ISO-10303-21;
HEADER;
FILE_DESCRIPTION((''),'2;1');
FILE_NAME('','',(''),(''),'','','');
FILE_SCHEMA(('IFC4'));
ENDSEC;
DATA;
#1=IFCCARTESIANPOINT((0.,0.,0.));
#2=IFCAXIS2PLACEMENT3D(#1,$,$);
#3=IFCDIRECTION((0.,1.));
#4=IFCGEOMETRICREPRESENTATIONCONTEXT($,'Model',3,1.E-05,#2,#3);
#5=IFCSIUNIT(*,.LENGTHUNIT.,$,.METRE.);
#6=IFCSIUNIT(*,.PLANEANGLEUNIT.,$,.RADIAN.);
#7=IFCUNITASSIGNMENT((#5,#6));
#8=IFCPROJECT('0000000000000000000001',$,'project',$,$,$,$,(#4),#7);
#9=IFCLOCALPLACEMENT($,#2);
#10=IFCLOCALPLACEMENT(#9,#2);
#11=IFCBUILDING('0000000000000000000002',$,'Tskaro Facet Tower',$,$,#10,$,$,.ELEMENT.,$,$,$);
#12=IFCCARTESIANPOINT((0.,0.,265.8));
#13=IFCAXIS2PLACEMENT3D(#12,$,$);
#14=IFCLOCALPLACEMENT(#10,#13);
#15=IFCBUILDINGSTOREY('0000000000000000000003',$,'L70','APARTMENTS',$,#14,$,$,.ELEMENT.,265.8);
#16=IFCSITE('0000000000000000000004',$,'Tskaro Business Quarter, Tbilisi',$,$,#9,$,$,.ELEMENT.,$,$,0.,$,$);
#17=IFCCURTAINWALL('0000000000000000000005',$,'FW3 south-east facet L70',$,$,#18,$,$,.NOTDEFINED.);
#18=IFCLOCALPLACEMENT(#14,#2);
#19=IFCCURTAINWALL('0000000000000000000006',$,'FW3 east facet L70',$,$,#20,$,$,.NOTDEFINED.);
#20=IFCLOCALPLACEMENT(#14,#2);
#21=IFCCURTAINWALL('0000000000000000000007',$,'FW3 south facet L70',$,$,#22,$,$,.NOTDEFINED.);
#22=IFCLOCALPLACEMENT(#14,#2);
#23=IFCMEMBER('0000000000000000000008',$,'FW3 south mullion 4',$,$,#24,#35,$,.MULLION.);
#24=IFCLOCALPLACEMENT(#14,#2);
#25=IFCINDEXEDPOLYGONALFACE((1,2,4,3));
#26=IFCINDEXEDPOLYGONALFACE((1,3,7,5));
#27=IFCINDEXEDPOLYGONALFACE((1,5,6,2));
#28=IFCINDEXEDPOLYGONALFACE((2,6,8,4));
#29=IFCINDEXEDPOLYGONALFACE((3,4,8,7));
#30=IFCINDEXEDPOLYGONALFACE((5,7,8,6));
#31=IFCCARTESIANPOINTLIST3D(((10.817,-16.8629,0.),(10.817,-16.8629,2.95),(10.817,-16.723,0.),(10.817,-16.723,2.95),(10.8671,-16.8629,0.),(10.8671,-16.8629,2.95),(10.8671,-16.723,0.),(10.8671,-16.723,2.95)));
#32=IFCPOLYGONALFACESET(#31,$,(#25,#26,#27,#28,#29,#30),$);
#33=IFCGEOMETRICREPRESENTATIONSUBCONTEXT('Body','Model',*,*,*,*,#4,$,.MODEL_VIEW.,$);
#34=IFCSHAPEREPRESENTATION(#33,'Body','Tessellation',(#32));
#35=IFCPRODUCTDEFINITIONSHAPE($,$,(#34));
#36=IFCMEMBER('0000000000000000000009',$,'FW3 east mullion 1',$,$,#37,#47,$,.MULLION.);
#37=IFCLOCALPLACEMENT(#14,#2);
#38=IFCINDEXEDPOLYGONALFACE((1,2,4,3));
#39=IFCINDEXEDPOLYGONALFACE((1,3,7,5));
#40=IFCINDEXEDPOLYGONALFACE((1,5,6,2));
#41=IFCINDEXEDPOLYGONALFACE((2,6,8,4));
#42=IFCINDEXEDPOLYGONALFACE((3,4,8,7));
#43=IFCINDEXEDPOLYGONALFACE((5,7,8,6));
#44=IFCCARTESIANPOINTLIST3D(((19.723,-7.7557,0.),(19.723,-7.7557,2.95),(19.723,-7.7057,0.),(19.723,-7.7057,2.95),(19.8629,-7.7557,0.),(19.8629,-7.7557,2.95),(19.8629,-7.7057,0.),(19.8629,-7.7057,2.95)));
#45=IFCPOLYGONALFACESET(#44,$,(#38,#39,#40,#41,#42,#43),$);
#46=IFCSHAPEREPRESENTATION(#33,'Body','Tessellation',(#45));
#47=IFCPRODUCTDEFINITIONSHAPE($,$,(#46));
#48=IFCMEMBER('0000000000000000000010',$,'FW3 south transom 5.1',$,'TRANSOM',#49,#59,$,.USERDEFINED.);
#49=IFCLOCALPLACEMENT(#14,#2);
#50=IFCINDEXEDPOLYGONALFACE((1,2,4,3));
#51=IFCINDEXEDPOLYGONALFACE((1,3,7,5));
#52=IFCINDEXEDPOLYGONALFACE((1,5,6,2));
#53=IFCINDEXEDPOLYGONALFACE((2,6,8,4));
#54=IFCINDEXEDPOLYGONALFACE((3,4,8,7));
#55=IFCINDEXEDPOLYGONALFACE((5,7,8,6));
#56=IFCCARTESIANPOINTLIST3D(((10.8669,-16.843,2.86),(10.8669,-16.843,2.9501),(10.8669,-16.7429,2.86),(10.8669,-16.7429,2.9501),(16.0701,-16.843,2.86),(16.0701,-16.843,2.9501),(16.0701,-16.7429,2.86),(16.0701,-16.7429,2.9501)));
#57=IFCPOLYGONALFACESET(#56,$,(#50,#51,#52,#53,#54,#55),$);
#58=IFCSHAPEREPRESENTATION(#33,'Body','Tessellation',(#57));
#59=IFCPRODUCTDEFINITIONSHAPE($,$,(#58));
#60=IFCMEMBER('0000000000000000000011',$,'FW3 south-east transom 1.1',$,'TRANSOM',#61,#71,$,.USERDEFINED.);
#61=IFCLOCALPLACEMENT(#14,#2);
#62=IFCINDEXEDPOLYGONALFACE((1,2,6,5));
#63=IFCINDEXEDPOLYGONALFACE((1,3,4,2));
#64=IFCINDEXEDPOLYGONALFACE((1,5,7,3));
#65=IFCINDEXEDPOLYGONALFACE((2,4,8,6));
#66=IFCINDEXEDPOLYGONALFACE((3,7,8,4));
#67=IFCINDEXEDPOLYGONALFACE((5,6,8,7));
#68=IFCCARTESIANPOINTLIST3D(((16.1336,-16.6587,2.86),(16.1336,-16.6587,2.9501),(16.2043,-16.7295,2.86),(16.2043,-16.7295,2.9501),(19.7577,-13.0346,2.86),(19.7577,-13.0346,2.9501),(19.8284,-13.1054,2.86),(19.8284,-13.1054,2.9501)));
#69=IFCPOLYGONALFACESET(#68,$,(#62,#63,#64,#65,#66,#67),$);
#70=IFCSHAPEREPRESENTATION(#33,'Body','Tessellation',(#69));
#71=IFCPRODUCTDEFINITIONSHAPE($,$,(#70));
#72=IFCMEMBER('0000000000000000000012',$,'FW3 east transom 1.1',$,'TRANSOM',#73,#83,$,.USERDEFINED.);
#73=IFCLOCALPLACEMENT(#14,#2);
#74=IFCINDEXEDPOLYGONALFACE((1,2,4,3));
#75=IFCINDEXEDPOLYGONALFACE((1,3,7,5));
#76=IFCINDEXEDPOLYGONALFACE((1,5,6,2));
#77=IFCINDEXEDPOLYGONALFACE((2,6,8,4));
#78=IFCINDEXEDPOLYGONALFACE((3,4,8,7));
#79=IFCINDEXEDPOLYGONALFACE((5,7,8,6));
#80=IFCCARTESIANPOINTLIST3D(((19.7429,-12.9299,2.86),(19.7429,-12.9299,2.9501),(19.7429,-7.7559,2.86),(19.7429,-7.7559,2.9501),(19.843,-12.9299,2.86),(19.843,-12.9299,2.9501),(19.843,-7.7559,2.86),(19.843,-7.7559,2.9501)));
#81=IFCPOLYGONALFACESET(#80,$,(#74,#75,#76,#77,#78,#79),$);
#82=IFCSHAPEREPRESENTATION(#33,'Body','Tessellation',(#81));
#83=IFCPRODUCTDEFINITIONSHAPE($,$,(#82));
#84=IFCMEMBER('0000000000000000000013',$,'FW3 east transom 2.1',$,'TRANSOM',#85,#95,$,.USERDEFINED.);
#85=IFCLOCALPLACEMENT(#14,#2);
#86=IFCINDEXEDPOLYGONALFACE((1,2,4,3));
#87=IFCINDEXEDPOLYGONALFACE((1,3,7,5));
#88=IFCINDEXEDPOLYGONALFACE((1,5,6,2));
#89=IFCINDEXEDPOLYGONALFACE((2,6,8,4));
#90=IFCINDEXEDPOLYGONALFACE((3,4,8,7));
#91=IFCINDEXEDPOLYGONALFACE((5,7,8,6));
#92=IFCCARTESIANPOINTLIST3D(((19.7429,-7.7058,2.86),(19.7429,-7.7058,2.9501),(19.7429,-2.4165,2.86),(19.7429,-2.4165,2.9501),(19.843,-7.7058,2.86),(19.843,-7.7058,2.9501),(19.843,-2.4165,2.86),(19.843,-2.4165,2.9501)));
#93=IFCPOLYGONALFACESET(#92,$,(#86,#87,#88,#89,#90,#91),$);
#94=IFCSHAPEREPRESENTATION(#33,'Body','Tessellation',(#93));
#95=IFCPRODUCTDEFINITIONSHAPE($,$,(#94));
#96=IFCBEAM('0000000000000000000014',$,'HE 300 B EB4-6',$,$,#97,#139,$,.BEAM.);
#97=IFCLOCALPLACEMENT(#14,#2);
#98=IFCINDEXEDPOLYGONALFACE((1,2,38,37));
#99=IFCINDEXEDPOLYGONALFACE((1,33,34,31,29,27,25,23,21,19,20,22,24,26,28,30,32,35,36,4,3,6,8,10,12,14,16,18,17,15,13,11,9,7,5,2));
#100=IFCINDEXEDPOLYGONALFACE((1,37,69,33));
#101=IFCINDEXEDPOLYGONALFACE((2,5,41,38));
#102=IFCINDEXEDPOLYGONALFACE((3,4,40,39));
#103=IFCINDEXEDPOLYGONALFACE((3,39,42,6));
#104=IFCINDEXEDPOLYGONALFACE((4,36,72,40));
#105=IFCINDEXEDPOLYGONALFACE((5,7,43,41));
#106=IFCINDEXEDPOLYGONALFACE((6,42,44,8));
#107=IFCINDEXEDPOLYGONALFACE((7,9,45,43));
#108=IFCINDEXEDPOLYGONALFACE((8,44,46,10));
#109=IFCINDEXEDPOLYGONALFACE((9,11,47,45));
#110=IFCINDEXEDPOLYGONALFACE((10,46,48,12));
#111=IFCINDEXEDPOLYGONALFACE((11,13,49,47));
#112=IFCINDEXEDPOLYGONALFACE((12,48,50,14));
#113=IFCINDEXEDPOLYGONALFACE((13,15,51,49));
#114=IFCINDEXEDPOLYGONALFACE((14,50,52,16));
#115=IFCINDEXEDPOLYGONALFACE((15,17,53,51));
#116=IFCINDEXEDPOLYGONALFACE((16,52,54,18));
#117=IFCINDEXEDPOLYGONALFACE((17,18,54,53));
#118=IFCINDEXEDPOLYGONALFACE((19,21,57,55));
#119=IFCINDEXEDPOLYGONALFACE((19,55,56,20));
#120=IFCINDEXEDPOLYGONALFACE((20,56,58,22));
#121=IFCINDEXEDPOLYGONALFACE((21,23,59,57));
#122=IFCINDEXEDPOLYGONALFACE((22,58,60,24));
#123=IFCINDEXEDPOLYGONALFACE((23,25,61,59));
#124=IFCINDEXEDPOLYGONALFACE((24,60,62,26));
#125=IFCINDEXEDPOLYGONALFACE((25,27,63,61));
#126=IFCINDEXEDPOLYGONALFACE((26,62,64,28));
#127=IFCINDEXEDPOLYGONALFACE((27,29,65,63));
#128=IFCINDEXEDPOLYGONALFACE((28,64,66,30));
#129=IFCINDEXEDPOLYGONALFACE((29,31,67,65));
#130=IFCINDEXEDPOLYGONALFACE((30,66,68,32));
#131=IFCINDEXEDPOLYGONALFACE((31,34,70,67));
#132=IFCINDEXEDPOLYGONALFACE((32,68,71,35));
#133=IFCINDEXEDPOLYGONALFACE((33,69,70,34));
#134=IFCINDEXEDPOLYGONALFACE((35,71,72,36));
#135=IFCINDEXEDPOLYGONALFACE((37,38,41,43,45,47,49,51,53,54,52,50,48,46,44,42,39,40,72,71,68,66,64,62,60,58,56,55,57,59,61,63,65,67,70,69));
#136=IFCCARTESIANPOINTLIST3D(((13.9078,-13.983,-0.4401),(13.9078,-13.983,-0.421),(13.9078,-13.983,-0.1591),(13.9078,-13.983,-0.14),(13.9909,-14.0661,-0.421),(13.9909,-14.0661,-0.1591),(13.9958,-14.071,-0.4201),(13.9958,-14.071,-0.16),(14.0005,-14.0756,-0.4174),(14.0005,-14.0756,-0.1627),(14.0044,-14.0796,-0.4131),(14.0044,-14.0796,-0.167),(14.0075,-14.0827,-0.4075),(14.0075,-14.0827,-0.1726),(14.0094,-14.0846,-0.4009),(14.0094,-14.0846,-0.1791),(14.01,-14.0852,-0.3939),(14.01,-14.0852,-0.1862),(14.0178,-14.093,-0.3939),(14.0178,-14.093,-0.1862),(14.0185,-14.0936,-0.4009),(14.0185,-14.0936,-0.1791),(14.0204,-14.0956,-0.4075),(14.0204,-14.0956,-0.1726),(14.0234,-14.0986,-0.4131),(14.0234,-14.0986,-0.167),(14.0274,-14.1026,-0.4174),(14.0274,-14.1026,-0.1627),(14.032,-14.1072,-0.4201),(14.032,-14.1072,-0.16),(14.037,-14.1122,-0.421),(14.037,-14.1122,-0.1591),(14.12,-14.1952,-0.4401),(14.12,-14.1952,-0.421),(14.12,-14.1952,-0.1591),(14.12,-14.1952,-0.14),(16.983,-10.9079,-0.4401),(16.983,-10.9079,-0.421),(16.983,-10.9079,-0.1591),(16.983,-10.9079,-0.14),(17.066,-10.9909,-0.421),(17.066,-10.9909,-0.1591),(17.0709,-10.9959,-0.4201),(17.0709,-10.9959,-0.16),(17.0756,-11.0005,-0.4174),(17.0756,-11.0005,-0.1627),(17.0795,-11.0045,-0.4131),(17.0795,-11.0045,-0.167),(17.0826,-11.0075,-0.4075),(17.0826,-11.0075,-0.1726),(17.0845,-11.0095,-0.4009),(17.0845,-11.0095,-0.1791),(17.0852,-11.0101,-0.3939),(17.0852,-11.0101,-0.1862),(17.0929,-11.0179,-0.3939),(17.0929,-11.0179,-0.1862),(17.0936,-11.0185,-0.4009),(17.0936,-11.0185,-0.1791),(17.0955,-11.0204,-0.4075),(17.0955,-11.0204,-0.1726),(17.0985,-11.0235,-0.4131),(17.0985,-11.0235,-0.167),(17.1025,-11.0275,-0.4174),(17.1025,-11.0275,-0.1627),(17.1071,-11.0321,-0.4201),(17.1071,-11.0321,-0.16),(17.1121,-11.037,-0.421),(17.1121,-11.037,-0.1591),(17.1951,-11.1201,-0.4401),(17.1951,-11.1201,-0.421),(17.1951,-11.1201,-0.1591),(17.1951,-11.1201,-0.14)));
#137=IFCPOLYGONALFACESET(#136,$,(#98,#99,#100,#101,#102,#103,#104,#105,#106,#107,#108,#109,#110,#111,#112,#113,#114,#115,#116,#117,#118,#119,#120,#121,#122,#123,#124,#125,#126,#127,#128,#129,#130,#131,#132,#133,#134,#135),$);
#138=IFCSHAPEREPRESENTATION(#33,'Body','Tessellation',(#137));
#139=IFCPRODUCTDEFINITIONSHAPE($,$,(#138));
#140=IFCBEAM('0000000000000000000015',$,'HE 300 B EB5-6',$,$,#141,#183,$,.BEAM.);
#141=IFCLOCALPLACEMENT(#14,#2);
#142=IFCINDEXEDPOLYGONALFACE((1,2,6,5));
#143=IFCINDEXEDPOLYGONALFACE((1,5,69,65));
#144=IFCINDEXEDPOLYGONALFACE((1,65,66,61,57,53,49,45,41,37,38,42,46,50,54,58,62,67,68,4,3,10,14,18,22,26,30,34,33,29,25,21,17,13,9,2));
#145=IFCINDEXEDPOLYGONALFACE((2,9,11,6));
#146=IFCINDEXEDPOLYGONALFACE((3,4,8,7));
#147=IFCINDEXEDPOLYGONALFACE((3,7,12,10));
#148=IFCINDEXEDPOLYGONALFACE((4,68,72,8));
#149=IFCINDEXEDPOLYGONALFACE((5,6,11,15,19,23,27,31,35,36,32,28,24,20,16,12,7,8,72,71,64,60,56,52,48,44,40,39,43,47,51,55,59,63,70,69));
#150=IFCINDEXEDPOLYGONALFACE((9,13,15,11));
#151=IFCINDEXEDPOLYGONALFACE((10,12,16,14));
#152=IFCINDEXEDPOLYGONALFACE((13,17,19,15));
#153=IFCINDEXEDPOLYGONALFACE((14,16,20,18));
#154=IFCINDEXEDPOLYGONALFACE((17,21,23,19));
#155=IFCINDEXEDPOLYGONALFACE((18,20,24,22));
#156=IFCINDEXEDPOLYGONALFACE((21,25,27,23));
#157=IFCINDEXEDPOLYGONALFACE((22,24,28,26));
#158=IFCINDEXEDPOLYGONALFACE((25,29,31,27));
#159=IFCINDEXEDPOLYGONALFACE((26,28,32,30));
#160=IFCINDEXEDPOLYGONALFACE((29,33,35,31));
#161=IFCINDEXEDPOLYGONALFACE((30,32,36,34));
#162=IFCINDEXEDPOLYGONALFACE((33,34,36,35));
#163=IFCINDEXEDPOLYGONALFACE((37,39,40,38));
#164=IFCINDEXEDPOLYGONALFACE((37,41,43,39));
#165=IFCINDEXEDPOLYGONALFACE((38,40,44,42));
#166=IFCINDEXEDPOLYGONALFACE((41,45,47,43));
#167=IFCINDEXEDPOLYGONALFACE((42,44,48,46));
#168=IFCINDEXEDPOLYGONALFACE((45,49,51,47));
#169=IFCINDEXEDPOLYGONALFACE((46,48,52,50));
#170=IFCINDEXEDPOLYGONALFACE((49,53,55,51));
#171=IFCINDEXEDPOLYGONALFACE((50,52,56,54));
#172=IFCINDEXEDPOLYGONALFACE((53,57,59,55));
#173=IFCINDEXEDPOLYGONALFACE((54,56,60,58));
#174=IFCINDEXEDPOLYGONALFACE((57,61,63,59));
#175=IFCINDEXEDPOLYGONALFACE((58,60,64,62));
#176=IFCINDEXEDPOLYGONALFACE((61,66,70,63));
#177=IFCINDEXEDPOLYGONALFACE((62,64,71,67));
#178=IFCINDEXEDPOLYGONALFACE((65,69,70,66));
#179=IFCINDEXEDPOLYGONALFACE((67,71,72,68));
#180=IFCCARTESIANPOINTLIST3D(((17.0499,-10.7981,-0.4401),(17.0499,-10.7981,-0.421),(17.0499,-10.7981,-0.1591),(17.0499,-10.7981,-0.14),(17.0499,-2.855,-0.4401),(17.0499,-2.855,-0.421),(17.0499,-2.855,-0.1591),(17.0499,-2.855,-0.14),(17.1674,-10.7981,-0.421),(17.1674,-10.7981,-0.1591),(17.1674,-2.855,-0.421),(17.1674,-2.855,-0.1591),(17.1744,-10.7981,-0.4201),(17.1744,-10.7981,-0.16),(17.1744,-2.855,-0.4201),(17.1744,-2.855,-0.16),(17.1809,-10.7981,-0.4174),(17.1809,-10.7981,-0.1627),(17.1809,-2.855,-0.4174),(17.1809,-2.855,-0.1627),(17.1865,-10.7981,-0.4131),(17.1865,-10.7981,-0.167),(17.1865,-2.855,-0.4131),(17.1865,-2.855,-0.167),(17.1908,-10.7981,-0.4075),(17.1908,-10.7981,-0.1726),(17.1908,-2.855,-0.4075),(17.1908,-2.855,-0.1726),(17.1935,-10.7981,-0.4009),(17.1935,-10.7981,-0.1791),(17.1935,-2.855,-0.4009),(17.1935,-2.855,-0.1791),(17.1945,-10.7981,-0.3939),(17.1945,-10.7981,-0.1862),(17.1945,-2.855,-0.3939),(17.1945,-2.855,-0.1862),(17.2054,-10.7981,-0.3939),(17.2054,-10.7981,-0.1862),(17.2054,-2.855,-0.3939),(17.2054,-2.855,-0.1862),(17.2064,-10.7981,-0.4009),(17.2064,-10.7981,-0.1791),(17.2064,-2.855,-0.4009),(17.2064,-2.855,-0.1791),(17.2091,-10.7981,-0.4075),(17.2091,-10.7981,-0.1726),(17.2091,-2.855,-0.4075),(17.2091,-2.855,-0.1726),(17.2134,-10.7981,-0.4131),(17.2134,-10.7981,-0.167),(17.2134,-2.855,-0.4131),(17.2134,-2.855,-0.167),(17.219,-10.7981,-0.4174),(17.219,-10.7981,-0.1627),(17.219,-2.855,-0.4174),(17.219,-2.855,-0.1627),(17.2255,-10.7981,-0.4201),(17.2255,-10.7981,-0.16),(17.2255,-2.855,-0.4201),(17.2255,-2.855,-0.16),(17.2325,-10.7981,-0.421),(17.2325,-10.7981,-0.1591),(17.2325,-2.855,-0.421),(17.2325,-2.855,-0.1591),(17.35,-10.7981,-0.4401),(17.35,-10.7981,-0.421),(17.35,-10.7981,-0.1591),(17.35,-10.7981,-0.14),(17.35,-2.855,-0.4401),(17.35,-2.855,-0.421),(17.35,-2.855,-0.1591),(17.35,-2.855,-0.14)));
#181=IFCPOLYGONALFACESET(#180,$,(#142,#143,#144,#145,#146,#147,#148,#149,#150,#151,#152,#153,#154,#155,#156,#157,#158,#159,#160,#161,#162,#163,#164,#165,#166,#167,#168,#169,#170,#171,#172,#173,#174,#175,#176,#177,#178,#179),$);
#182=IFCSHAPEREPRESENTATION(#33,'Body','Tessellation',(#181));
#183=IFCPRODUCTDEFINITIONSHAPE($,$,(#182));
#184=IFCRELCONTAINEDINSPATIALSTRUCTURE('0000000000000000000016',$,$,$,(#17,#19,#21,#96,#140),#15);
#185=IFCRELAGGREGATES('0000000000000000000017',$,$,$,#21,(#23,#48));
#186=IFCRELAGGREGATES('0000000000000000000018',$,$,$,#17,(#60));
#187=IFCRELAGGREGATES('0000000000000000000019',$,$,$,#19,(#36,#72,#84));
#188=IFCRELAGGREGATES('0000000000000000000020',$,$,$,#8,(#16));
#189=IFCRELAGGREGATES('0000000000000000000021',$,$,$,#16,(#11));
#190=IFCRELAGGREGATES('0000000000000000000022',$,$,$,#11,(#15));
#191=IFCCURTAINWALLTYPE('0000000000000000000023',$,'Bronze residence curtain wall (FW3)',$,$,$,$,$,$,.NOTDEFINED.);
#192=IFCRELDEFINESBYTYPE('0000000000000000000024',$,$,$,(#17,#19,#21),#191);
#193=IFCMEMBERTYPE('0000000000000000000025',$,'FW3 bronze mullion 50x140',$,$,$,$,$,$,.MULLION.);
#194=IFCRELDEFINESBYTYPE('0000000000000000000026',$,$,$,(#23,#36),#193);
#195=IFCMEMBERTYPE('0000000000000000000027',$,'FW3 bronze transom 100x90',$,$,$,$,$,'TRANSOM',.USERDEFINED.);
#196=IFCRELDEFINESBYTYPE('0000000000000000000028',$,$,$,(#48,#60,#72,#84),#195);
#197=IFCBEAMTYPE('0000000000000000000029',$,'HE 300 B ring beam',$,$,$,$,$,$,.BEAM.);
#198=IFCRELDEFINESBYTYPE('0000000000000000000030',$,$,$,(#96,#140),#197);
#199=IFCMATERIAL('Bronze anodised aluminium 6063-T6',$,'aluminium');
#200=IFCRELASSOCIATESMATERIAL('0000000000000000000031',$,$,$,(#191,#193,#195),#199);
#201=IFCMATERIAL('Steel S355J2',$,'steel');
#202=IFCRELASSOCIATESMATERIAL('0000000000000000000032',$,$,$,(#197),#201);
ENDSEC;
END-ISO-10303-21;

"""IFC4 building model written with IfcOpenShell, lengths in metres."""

from ifc_helpers import new_model, si_unit, direction, frame, origin, origin_2d, place, context, subcontext, project, spatial, rectangle, i_section, extrude, material, material_profile, profile_set, type_object, element, aggregate, save


model = new_model("IFC4")

# Units and contexts
model_context = context("Model", 3, precision=1e-05, world=origin(), true_north=direction((0.0, 1.0)))
body_context = subcontext(model_context, "Body", "Model", "MODEL_VIEW")
ifc_project = project(units=[si_unit("LENGTHUNIT", "METRE"), si_unit("PLANEANGLEUNIT", "RADIAN")], contexts=[model_context])

# Site, building, storey
site_placement = place(None, origin())
site = spatial("IfcSite", under=ifc_project, at=site_placement, Name="Tskaro Business Quarter, Tbilisi", CompositionType="ELEMENT", RefElevation=0.0)
building_placement = place(site_placement, origin())
building = spatial("IfcBuilding", under=site, at=building_placement, Name="Tskaro Facet Tower", CompositionType="ELEMENT")
storey_placement = place(building_placement, frame((0.0, 0.0, 265.8)))
storey = spatial("IfcBuildingStorey", under=building, at=storey_placement, Name="L70", Description="APARTMENTS", CompositionType="ELEMENT", Elevation=265.8)

# Shared definitions
ifc_material_1 = material(Name="Steel S355J2", Category="steel")

# Curtain walls, member
ifc_material_2 = material(Name="Bronze anodised aluminium 6063-T6", Category="aluminium")
curtain_wall_type = type_object("IfcCurtainWallType", Name="Bronze residence curtain wall (FW3)", PredefinedType="NOTDEFINED", material=ifc_material_2)
curtain_wall_1_placement = place(storey_placement, origin())
curtain_wall_1 = element("IfcCurtainWall", 1, at=curtain_wall_1_placement, inside=storey, type_object=curtain_wall_type, Name="FW3 south-east facet L70", PredefinedType="NOTDEFINED")
curtain_wall_2_placement = place(storey_placement, origin())
curtain_wall_2 = element("IfcCurtainWall", 2, at=curtain_wall_2_placement, inside=storey, type_object=curtain_wall_type, Name="FW3 east facet L70", PredefinedType="NOTDEFINED")
curtain_wall_3_placement = place(storey_placement, origin())
curtain_wall_3 = element("IfcCurtainWall", 3, at=curtain_wall_3_placement, inside=storey, type_object=curtain_wall_type, Name="FW3 south facet L70", PredefinedType="NOTDEFINED")
ifc_material_profile_1 = material_profile(ifc_material_2, rectangle(XDim=0.05, YDim=0.1399, at=origin_2d()), Name="Mullion 50x140")
ifc_profile_set_1 = profile_set([ifc_material_profile_1], Name="Bronze anodised aluminium 6063-T6")
member_type_1 = type_object("IfcMemberType", Name="FW3 bronze mullion 50x140", PredefinedType="MULLION", material=ifc_profile_set_1)
member_1_placement = place(storey_placement, frame((10.842, -16.793, 0.0), z_axis=(0.0, 0.0, 1.0), x_axis=(1.0, 0.0, 0.0)))
member_1 = element("IfcMember", 4, at=member_1_placement, type_object=member_type_1, Name="FW3 south mullion 4", PredefinedType="MULLION", context=body_context, shape_type="SweptSolid", body=[
    extrude(rectangle(XDim=0.05, YDim=0.1399, at=origin_2d()), origin(), (0.0, 0.0, 1.0), 2.95),
])

# Members
member_2_placement = place(storey_placement, frame((19.793, -7.7307, 0.0), z_axis=(0.0, 0.0, 1.0), x_axis=(0.0, 1.0, 0.0)))
member_2 = element("IfcMember", 5, at=member_2_placement, type_object=member_type_1, Name="FW3 east mullion 1", PredefinedType="MULLION", context=body_context, shape_type="SweptSolid", body=[
    extrude(rectangle(XDim=0.05, YDim=0.1399, at=origin_2d()), origin(), (0.0, 0.0, 1.0), 2.95),
])
ifc_material_profile_2 = material_profile(ifc_material_2, rectangle(XDim=0.1001, YDim=0.0901, at=origin_2d()), Name="Transom 100x90")
ifc_profile_set_2 = profile_set([ifc_material_profile_2], Name="Bronze anodised aluminium 6063-T6")
member_type_2 = type_object("IfcMemberType", Name="FW3 bronze transom 100x90", ElementType="TRANSOM", PredefinedType="USERDEFINED", material=ifc_profile_set_2)
member_3_placement = place(storey_placement, frame((10.8669, -16.793, 2.905), z_axis=(1.0, 0.0, 0.0), x_axis=(0.0, 1.0, 0.0)))
member_3 = element("IfcMember", 6, at=member_3_placement, type_object=member_type_2, Name="FW3 south transom 5.1", ObjectType="TRANSOM", PredefinedType="USERDEFINED", context=body_context, shape_type="SweptSolid", body=[
    extrude(rectangle(XDim=0.1001, YDim=0.0901, at=origin_2d()), origin(), (0.0, 0.0, 1.0), 5.2031),
])
member_4_placement = place(storey_placement, frame((16.1689, -16.6941, 2.905), z_axis=(0.707107, 0.707107, 0.0), x_axis=(-0.707107, 0.707107, 0.0)))
member_4 = element("IfcMember", 7, at=member_4_placement, type_object=member_type_2, Name="FW3 south-east transom 1.1", ObjectType="TRANSOM", PredefinedType="USERDEFINED", context=body_context, shape_type="SweptSolid", body=[
    extrude(rectangle(XDim=0.1001, YDim=0.0901, at=origin_2d()), origin(), (0.0, 0.0, 1.0), 5.1252),
])
member_5_placement = place(storey_placement, frame((19.793, -12.9299, 2.905), z_axis=(0.0, 1.0, 0.0), x_axis=(-1.0, 0.0, 0.0)))
member_5 = element("IfcMember", 8, at=member_5_placement, type_object=member_type_2, Name="FW3 east transom 1.1", ObjectType="TRANSOM", PredefinedType="USERDEFINED", context=body_context, shape_type="SweptSolid", body=[
    extrude(rectangle(XDim=0.1001, YDim=0.0901, at=origin_2d()), origin(), (0.0, 0.0, 1.0), 5.1741),
])
member_6_placement = place(storey_placement, frame((19.793, -7.7058, 2.905), z_axis=(0.0, 1.0, 0.0), x_axis=(-1.0, 0.0, 0.0)))
member_6 = element("IfcMember", 9, at=member_6_placement, type_object=member_type_2, Name="FW3 east transom 2.1", ObjectType="TRANSOM", PredefinedType="USERDEFINED", context=body_context, shape_type="SweptSolid", body=[
    extrude(rectangle(XDim=0.1001, YDim=0.0901, at=origin_2d()), origin(), (0.0, 0.0, 1.0), 5.2893),
])

# Beams
ifc_material_profile_3 = material_profile(ifc_material_1, i_section(OverallWidth=0.3, OverallDepth=0.3, WebThickness=0.011, FlangeThickness=0.019, FilletRadius=0.0271, at=origin_2d()), Name="HE 300 B")
ifc_profile_set_3 = profile_set([ifc_material_profile_3], Name="Steel S355J2")
beam_type_1 = type_object("IfcBeamType", Name="HE 300 B ring beam", PredefinedType="BEAM", material=ifc_profile_set_3)
beam_1_placement = place(storey_placement, frame((14.0139, -14.0891, -0.29), z_axis=(0.707107, 0.707107, 0.0), x_axis=(-0.707107, 0.707107, 0.0)))
element("IfcBeam", 10, at=beam_1_placement, inside=storey, type_object=beam_type_1, Name="HE 300 B EB4-6", PredefinedType="BEAM", context=body_context, shape_type="SweptSolid", body=[
    extrude(i_section(OverallWidth=0.3, OverallDepth=0.3, WebThickness=0.011, FlangeThickness=0.019, FilletRadius=0.0271, at=origin_2d()), origin(), (0.0, 0.0, 1.0), 4.3489),
])
beam_2_placement = place(storey_placement, frame((17.2, -10.7981, -0.29), z_axis=(0.0, 1.0, 0.0), x_axis=(-1.0, 0.0, 0.0)))
element("IfcBeam", 11, at=beam_2_placement, inside=storey, type_object=beam_type_1, Name="HE 300 B EB5-6", PredefinedType="BEAM", context=body_context, shape_type="SweptSolid", body=[
    extrude(i_section(OverallWidth=0.3, OverallDepth=0.3, WebThickness=0.011, FlangeThickness=0.019, FilletRadius=0.0271, at=origin_2d()), origin(), (0.0, 0.0, 1.0), 7.9431),
])

aggregate(curtain_wall_3, [member_1, member_3])
aggregate(curtain_wall_1, [member_4])
aggregate(curtain_wall_2, [member_2, member_5, member_6])

save(model, "model.ifc")
